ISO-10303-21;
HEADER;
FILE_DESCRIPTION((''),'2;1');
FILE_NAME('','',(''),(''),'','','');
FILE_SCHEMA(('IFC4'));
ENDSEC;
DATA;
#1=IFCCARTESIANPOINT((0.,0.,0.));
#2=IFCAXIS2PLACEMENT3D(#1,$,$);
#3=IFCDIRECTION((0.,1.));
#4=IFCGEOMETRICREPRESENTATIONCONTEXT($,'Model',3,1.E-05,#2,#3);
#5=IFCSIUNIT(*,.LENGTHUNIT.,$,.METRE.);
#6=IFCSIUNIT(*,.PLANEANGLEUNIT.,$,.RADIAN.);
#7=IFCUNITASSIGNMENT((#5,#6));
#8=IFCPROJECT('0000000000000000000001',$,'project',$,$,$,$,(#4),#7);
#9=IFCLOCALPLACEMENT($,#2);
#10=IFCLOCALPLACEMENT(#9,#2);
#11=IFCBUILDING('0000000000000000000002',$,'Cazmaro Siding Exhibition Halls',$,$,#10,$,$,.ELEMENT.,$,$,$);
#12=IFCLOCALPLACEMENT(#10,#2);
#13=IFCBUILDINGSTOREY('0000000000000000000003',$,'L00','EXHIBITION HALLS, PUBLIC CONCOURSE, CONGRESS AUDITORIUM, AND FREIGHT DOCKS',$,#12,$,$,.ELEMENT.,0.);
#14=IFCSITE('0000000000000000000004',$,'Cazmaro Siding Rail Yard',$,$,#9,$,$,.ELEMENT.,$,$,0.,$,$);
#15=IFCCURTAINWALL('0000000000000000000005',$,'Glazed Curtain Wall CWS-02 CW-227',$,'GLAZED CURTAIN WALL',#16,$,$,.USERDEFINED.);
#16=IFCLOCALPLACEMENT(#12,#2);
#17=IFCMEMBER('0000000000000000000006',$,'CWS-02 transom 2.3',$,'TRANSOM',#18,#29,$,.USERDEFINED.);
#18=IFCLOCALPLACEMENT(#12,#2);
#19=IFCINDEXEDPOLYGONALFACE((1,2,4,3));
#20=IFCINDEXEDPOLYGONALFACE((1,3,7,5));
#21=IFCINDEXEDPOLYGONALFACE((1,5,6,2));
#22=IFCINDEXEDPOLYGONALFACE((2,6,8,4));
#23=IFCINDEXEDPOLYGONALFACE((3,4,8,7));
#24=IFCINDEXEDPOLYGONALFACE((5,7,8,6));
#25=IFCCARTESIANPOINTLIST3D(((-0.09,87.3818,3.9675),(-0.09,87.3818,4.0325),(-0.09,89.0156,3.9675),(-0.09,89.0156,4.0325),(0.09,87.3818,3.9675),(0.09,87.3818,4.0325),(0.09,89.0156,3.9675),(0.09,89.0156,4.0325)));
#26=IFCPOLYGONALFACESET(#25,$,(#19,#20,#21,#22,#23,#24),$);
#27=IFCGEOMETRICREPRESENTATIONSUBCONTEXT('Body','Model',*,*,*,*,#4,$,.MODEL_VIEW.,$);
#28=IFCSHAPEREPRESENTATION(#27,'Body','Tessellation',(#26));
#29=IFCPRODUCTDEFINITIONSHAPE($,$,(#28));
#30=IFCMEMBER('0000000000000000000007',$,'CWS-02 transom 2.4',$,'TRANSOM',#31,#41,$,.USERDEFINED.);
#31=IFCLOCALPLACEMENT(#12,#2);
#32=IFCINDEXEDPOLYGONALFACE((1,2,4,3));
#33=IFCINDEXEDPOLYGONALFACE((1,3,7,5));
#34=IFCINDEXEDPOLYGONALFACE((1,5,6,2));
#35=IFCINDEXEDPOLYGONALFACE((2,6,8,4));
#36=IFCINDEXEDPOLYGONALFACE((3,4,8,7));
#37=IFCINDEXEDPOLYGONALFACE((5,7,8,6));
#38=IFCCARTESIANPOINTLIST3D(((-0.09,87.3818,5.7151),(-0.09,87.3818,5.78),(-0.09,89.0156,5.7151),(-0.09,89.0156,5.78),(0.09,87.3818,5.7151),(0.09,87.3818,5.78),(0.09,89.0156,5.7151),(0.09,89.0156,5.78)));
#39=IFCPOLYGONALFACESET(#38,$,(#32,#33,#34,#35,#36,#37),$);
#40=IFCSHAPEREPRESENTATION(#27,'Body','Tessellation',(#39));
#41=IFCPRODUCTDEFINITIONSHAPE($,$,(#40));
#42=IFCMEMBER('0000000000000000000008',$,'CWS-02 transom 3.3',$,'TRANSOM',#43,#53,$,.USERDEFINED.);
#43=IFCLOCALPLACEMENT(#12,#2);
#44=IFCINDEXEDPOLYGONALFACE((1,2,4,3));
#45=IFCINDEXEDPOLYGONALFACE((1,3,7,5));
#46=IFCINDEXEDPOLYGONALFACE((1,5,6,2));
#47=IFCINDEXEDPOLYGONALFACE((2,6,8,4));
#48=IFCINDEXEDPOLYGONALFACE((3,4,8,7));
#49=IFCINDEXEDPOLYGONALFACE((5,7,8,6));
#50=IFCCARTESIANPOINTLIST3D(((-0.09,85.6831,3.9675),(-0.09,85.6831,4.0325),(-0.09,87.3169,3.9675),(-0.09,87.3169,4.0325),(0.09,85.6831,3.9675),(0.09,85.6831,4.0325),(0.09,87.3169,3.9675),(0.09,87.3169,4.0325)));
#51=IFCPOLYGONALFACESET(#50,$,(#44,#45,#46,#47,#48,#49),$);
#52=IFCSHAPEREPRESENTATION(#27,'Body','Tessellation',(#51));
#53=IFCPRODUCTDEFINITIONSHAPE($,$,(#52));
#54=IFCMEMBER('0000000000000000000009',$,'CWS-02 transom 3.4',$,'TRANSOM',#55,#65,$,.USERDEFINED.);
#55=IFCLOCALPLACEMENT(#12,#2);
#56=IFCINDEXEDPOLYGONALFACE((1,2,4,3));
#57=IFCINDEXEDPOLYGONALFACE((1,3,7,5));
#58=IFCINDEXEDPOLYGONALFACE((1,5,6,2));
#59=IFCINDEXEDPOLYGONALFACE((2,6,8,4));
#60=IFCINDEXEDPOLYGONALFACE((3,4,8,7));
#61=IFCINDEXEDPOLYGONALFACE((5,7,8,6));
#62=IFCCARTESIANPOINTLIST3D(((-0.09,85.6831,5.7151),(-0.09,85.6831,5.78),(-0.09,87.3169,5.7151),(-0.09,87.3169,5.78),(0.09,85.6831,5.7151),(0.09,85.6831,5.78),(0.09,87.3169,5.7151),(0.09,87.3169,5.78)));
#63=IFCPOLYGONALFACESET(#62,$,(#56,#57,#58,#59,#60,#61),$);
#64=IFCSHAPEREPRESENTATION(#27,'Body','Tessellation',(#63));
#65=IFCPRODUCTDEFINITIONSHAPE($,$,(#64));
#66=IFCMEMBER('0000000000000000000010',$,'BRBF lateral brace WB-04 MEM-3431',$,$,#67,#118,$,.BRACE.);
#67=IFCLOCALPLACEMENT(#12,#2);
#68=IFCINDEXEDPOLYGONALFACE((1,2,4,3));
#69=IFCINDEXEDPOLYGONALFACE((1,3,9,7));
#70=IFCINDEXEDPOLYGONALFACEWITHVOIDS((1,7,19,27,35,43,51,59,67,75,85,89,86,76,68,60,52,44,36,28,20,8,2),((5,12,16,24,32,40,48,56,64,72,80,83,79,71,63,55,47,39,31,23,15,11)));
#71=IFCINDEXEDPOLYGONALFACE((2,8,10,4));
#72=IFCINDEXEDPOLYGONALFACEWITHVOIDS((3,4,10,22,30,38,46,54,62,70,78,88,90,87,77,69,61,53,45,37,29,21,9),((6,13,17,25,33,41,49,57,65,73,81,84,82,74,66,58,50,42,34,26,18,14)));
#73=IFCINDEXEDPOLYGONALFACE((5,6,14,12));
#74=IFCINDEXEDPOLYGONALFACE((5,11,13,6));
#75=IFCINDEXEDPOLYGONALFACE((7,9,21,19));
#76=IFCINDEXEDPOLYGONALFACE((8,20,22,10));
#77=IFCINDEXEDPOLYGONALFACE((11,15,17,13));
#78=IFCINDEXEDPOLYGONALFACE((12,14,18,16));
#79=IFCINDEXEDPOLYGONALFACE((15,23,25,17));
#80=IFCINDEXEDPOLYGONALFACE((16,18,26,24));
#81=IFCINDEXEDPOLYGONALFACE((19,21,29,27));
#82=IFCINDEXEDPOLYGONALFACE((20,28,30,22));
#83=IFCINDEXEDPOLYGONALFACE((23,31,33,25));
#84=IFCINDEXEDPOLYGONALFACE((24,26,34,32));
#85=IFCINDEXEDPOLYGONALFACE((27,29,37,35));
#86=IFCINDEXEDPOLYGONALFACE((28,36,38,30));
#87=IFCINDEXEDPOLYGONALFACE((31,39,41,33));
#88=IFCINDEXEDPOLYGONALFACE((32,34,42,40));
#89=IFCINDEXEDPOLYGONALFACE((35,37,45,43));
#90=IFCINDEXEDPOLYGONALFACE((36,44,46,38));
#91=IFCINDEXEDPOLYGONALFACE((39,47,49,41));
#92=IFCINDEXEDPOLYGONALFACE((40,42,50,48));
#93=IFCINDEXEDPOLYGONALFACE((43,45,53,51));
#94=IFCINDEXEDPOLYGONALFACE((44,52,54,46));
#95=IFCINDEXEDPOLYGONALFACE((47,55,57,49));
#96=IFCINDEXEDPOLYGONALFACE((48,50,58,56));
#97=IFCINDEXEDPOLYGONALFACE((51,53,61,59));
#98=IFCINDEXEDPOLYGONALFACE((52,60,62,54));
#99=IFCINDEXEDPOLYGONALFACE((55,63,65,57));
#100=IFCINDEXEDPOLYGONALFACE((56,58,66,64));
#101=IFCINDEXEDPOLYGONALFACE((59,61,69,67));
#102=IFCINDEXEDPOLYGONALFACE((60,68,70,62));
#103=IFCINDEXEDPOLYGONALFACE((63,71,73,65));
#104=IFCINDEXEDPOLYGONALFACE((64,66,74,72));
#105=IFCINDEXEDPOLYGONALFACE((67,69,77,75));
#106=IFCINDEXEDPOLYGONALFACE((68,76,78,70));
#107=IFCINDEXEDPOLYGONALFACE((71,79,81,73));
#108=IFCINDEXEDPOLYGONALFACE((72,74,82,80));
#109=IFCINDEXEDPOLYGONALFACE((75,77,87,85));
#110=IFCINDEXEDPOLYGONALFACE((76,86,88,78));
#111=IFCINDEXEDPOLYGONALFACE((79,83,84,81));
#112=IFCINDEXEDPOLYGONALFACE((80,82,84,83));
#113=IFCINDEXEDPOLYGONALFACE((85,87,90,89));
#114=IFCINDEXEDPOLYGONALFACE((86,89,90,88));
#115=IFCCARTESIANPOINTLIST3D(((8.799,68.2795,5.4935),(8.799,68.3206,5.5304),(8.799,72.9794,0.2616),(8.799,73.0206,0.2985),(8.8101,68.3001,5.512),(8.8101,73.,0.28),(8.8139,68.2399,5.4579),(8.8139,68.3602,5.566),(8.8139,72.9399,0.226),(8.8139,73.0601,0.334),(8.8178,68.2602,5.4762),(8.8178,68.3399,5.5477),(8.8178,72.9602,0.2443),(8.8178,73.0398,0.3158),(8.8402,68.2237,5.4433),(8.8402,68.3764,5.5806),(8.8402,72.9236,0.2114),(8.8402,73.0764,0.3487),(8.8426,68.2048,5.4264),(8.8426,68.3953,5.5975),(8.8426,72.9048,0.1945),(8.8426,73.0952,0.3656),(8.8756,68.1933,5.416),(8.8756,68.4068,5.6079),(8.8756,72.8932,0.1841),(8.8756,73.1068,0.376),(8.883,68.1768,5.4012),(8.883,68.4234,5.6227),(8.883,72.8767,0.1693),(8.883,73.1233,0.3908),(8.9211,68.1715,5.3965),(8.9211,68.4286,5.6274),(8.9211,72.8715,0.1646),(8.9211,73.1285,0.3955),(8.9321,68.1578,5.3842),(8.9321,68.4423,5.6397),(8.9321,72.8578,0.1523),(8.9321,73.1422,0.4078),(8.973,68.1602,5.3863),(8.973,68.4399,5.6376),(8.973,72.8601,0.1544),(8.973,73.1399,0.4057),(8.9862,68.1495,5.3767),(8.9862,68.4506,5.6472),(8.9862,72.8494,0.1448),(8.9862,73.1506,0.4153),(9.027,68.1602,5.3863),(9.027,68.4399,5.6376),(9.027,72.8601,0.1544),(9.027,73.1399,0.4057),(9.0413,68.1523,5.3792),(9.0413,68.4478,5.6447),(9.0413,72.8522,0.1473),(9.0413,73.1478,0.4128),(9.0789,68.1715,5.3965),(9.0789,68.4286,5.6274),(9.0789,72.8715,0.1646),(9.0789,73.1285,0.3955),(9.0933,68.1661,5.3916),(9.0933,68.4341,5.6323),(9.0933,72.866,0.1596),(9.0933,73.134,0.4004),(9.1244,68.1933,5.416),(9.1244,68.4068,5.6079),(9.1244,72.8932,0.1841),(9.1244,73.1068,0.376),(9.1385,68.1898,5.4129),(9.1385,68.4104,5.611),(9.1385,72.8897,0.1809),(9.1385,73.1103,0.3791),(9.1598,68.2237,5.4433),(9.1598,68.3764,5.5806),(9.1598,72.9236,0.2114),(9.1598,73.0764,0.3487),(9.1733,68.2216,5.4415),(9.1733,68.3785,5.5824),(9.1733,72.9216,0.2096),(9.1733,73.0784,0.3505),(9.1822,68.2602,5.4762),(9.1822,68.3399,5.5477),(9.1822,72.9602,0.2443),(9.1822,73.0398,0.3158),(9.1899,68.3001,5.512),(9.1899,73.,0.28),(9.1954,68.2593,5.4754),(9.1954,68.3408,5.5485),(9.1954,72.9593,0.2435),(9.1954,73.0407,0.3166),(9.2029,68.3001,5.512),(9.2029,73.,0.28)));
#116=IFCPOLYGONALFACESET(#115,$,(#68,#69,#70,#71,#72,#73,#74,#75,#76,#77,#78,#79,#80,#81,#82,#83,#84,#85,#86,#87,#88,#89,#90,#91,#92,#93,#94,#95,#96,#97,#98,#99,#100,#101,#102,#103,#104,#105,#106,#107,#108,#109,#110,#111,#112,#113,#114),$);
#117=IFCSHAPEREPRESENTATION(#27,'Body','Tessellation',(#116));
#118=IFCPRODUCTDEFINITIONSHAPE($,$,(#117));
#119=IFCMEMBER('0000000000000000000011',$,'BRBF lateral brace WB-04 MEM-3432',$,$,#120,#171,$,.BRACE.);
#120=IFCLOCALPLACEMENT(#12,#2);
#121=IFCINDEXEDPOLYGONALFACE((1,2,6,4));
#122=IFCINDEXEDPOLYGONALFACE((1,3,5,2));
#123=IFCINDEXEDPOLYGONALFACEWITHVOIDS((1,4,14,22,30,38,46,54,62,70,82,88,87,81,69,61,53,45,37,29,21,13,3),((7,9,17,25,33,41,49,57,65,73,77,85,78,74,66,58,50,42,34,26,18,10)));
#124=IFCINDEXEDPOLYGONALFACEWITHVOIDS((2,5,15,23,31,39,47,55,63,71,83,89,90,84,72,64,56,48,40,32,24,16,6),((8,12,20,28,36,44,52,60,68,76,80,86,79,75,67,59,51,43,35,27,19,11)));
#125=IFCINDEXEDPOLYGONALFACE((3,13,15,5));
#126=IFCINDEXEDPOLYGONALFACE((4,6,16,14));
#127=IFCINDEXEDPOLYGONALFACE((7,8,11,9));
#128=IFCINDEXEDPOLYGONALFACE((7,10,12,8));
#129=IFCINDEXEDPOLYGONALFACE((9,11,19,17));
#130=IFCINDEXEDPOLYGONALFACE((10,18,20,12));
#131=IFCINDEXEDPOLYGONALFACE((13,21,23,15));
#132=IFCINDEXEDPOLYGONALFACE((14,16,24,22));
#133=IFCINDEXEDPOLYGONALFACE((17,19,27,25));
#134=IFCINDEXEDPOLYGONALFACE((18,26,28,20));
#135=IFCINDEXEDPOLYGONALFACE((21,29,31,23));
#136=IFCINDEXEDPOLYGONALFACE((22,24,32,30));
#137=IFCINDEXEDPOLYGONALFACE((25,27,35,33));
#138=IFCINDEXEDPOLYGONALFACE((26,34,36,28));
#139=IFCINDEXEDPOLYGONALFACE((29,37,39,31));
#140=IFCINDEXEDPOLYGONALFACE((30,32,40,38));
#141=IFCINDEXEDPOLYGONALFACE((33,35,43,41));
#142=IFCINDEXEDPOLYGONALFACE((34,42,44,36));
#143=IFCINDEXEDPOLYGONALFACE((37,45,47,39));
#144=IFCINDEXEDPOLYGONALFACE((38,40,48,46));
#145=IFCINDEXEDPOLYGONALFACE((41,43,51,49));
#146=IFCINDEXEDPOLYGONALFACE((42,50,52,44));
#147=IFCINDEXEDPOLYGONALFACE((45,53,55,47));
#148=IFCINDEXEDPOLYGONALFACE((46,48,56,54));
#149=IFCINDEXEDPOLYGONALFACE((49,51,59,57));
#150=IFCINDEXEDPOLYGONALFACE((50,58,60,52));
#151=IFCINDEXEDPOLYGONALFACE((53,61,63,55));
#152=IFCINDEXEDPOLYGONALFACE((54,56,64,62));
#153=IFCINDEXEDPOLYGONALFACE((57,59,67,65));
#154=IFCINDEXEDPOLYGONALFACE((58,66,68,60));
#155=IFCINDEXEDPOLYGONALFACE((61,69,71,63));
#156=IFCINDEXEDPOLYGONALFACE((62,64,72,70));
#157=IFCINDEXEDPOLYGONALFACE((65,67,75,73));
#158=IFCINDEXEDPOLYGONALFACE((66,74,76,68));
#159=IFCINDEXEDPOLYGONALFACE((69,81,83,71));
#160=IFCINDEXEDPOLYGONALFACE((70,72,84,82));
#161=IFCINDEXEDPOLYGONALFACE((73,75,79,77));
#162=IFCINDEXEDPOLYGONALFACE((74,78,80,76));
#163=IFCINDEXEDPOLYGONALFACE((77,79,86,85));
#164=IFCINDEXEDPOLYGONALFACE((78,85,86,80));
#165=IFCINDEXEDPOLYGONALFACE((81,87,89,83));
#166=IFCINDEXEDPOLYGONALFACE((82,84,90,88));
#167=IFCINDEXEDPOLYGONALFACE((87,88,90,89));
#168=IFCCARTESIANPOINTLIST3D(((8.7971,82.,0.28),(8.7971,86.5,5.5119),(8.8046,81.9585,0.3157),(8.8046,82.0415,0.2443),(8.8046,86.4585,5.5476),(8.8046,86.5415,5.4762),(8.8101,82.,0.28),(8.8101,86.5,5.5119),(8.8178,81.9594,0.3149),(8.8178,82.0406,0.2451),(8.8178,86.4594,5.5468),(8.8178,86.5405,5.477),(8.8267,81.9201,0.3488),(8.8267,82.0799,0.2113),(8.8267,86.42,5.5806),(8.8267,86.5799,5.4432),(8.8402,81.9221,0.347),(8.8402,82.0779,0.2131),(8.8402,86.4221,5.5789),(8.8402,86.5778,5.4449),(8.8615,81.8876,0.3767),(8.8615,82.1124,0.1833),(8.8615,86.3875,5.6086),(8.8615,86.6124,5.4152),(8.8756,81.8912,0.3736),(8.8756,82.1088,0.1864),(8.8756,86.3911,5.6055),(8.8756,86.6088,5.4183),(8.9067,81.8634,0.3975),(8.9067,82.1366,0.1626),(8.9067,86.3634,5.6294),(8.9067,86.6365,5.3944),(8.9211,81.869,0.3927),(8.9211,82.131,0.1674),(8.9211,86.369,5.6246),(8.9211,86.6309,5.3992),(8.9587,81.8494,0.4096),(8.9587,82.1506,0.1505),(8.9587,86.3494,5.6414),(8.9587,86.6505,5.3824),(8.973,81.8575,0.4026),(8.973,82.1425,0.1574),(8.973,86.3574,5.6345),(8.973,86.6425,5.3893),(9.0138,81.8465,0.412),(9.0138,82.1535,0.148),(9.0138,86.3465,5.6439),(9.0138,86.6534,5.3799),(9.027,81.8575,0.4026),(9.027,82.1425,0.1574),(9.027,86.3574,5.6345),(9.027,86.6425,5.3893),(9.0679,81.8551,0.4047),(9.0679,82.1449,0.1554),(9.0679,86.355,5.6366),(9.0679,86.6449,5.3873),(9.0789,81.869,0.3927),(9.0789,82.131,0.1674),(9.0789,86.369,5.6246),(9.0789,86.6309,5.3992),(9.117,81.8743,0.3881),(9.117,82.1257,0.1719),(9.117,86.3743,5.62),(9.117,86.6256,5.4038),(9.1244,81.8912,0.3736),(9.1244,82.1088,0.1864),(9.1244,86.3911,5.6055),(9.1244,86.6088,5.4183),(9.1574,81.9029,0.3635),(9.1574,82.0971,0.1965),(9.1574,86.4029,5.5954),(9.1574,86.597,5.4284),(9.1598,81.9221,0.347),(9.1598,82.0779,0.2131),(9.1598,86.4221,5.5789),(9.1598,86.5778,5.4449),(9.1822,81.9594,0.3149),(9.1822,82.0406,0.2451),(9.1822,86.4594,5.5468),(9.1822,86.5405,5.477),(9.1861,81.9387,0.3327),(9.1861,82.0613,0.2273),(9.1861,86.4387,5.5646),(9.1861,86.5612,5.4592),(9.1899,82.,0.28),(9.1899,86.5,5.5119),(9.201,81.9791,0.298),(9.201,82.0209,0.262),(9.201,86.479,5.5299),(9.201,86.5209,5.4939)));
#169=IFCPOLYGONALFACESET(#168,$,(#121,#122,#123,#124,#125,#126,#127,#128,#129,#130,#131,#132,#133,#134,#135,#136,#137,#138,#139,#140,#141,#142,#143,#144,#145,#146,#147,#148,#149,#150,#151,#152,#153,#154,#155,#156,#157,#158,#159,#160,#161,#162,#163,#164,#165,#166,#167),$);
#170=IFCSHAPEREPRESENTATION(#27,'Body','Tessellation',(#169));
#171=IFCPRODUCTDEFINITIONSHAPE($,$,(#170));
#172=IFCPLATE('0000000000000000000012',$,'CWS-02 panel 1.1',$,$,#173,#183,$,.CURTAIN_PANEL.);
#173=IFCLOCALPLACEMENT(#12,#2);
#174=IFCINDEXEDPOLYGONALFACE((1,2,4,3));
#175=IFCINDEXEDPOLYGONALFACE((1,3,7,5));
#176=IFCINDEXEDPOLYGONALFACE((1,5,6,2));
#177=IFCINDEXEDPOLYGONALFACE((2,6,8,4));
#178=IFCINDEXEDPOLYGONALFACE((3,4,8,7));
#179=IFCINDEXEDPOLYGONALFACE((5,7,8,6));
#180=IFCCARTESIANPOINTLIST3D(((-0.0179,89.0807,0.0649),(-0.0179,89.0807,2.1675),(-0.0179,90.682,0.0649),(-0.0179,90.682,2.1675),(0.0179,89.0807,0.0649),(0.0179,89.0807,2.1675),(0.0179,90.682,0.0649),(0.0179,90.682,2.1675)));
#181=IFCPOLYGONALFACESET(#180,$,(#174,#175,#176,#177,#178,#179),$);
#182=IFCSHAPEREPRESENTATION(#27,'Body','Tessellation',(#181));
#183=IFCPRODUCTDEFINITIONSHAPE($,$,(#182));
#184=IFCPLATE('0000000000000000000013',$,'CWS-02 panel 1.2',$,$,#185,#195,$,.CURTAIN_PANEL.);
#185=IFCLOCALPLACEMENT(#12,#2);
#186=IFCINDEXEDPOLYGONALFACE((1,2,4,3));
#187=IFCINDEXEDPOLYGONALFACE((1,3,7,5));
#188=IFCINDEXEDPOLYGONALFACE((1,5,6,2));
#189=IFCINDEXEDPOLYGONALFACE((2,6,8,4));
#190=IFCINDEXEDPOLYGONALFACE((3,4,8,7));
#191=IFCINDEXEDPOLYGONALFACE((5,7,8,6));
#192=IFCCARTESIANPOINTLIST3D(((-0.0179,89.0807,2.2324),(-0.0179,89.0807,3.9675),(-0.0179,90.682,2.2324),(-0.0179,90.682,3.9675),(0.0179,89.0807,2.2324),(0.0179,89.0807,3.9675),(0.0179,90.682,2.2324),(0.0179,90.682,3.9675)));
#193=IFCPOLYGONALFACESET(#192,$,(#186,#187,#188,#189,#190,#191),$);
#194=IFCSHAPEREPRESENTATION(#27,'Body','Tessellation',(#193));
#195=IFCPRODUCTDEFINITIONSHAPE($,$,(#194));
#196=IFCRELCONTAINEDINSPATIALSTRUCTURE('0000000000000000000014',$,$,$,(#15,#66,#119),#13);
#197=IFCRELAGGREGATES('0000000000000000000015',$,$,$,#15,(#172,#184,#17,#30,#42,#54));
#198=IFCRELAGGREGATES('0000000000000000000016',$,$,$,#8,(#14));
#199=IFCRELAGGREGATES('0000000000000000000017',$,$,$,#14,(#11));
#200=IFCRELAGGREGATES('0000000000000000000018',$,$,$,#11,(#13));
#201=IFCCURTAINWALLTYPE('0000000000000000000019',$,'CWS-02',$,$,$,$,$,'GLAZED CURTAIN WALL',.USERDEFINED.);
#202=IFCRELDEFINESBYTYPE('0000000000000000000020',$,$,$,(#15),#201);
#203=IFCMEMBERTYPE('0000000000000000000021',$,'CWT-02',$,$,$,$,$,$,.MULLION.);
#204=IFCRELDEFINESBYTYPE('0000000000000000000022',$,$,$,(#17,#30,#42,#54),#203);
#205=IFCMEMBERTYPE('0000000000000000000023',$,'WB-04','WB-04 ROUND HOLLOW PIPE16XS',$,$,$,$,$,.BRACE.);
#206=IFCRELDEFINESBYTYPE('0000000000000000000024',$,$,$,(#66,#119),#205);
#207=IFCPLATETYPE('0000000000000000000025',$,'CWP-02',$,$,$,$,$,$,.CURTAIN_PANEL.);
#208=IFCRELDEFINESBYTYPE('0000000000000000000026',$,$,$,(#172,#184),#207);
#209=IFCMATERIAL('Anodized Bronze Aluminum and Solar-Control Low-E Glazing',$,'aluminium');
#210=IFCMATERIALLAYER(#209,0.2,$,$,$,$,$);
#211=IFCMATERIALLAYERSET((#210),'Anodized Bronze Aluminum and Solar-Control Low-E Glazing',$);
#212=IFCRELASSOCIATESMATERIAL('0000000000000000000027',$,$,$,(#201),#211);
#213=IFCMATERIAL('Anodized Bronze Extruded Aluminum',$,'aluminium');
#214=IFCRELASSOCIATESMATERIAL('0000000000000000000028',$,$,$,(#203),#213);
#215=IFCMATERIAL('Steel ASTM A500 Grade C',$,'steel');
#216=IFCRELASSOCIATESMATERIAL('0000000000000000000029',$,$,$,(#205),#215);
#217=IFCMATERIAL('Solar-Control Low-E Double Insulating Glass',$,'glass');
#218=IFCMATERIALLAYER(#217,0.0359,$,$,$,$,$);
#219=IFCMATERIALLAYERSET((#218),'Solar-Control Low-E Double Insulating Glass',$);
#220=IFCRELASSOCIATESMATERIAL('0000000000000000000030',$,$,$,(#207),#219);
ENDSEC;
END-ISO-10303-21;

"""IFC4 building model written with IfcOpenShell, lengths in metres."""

from ifc_helpers import new_model, si_unit, direction, frame, origin, origin_2d, place, context, subcontext, project, spatial, rectangle, hollow_circle, extrude, material, layer, layer_set, material_profile, profile_set, type_object, element, aggregate, save


model = new_model("IFC4")

# Units and contexts
model_context = context("Model", 3, precision=1e-05, world=origin(), true_north=direction((0.0, 1.0)))
body_context = subcontext(model_context, "Body", "Model", "MODEL_VIEW")
ifc_project = project(units=[si_unit("LENGTHUNIT", "METRE"), si_unit("PLANEANGLEUNIT", "RADIAN")], contexts=[model_context])

# Site, building, storey
site_placement = place(None, origin())
site = spatial("IfcSite", under=ifc_project, at=site_placement, Name="Cazmaro Siding Rail Yard", CompositionType="ELEMENT", RefElevation=0.0)
building_placement = place(site_placement, origin())
building = spatial("IfcBuilding", under=site, at=building_placement, Name="Cazmaro Siding Exhibition Halls", CompositionType="ELEMENT")
storey_placement = place(building_placement, origin())
storey = spatial("IfcBuildingStorey", under=building, at=storey_placement, Name="L00", Description="EXHIBITION HALLS, PUBLIC CONCOURSE, CONGRESS AUDITORIUM, AND FREIGHT DOCKS", CompositionType="ELEMENT", Elevation=0.0)

# Curtain wall, members
ifc_material_1 = material(Name="Anodized Bronze Aluminum and Solar-Control Low-E Glazing", Category="aluminium")
ifc_layer_1 = layer(ifc_material_1, 0.2)
ifc_layer_set_1 = layer_set([ifc_layer_1], Name="Anodized Bronze Aluminum and Solar-Control Low-E Glazing")
curtain_wall_type = type_object("IfcCurtainWallType", Name="CWS-02", ElementType="GLAZED CURTAIN WALL", PredefinedType="USERDEFINED", material=ifc_layer_set_1)
curtain_wall_placement = place(storey_placement, origin())
curtain_wall = element("IfcCurtainWall", 1, at=curtain_wall_placement, inside=storey, type_object=curtain_wall_type, Name="Glazed Curtain Wall CWS-02 CW-227", ObjectType="GLAZED CURTAIN WALL", PredefinedType="USERDEFINED")
ifc_material_2 = material(Name="Anodized Bronze Extruded Aluminum", Category="aluminium")
ifc_material_profile_1 = material_profile(ifc_material_2, rectangle(XDim=0.1799, YDim=0.0649, at=origin_2d()), Name="CWT-02")
ifc_profile_set_1 = profile_set([ifc_material_profile_1], Name="Anodized Bronze Extruded Aluminum")
member_type_1 = type_object("IfcMemberType", Name="CWT-02", PredefinedType="MULLION", material=ifc_profile_set_1)
member_1_placement = place(storey_placement, frame((0.0, 89.0156, 4.0), z_axis=(0.0, -1.0, 0.0), x_axis=(1.0, 0.0, 0.0)))
member_1 = element("IfcMember", 2, at=member_1_placement, type_object=member_type_1, Name="CWS-02 transom 2.3", ObjectType="TRANSOM", PredefinedType="USERDEFINED", context=body_context, shape_type="SweptSolid", body=[
    extrude(rectangle(XDim=0.1799, YDim=0.0649, at=origin_2d()), origin(), (0.0, 0.0, 1.0), 1.6338),
])
member_2_placement = place(storey_placement, frame((0.0, 89.0156, 5.7476), z_axis=(0.0, -1.0, 0.0), x_axis=(1.0, 0.0, 0.0)))
member_2 = element("IfcMember", 3, at=member_2_placement, type_object=member_type_1, Name="CWS-02 transom 2.4", ObjectType="TRANSOM", PredefinedType="USERDEFINED", context=body_context, shape_type="SweptSolid", body=[
    extrude(rectangle(XDim=0.1799, YDim=0.0649, at=origin_2d()), origin(), (0.0, 0.0, 1.0), 1.6338),
])
member_3_placement = place(storey_placement, frame((0.0, 87.3169, 4.0), z_axis=(0.0, -1.0, 0.0), x_axis=(1.0, 0.0, 0.0)))
member_3 = element("IfcMember", 4, at=member_3_placement, type_object=member_type_1, Name="CWS-02 transom 3.3", ObjectType="TRANSOM", PredefinedType="USERDEFINED", context=body_context, shape_type="SweptSolid", body=[
    extrude(rectangle(XDim=0.1799, YDim=0.0649, at=origin_2d()), origin(), (0.0, 0.0, 1.0), 1.6338),
])
member_4_placement = place(storey_placement, frame((0.0, 87.3169, 5.7476), z_axis=(0.0, -1.0, 0.0), x_axis=(1.0, 0.0, 0.0)))
member_4 = element("IfcMember", 5, at=member_4_placement, type_object=member_type_1, Name="CWS-02 transom 3.4", ObjectType="TRANSOM", PredefinedType="USERDEFINED", context=body_context, shape_type="SweptSolid", body=[
    extrude(rectangle(XDim=0.1799, YDim=0.0649, at=origin_2d()), origin(), (0.0, 0.0, 1.0), 1.6338),
])

# Members
ifc_material_3 = material(Name="Steel ASTM A500 Grade C", Category="steel")
ifc_material_profile_2 = material_profile(ifc_material_3, hollow_circle(Radius=0.2029, WallThickness=0.0129, at=origin_2d()), Name="PIPE16XS")
ifc_profile_set_2 = profile_set([ifc_material_profile_2], Name="Steel ASTM A500 Grade C")
member_type_2 = type_object("IfcMemberType", Name="WB-04", Description="WB-04 ROUND HOLLOW PIPE16XS", PredefinedType="BRACE", material=ifc_profile_set_2)
member_5_placement = place(storey_placement, frame((9.0, 73.0, 0.28), z_axis=(0.0, -0.668274, 0.743915), x_axis=(1.0, 0.0, 0.0)))
element("IfcMember", 6, at=member_5_placement, inside=storey, type_object=member_type_2, Name="BRBF lateral brace WB-04 MEM-3431", PredefinedType="BRACE", context=body_context, shape_type="SweptSolid", body=[
    extrude(hollow_circle(Radius=0.2029, WallThickness=0.0129, at=origin_2d()), origin(), (0.0, 0.0, 1.0), 7.033),
])
member_6_placement = place(storey_placement, frame((9.0, 82.0, 0.28), z_axis=(0.0, 0.652084, 0.758147), x_axis=(-1.0, 0.0, 0.0)))
element("IfcMember", 7, at=member_6_placement, inside=storey, type_object=member_type_2, Name="BRBF lateral brace WB-04 MEM-3432", PredefinedType="BRACE", context=body_context, shape_type="SweptSolid", body=[
    extrude(hollow_circle(Radius=0.2029, WallThickness=0.0129, at=origin_2d()), origin(), (0.0, 0.0, 1.0), 6.9009),
])

# Plates
ifc_material_4 = material(Name="Solar-Control Low-E Double Insulating Glass", Category="glass")
ifc_layer_2 = layer(ifc_material_4, 0.0359)
ifc_layer_set_2 = layer_set([ifc_layer_2], Name="Solar-Control Low-E Double Insulating Glass")
plate_type = type_object("IfcPlateType", Name="CWP-02", PredefinedType="CURTAIN_PANEL", material=ifc_layer_set_2)
plate_1_placement = place(storey_placement, frame((0.0, 89.8813, 0.0649), z_axis=(0.0, 0.0, 1.0), x_axis=(0.0, -1.0, 0.0)))
plate_1 = element("IfcPlate", 8, at=plate_1_placement, type_object=plate_type, Name="CWS-02 panel 1.1", PredefinedType="CURTAIN_PANEL", context=body_context, shape_type="SweptSolid", body=[
    extrude(rectangle(XDim=1.6013, YDim=0.0359, at=origin_2d()), origin(), (0.0, 0.0, 1.0), 2.1025),
])
plate_2_placement = place(storey_placement, frame((0.0, 89.8813, 2.2324), z_axis=(0.0, 0.0, 1.0), x_axis=(0.0, -1.0, 0.0)))
plate_2 = element("IfcPlate", 9, at=plate_2_placement, type_object=plate_type, Name="CWS-02 panel 1.2", PredefinedType="CURTAIN_PANEL", context=body_context, shape_type="SweptSolid", body=[
    extrude(rectangle(XDim=1.6013, YDim=0.0359, at=origin_2d()), origin(), (0.0, 0.0, 1.0), 1.7351),
])
aggregate(curtain_wall, [plate_1, plate_2, member_1, member_2, member_3, member_4])

save(model, "model.ifc")
